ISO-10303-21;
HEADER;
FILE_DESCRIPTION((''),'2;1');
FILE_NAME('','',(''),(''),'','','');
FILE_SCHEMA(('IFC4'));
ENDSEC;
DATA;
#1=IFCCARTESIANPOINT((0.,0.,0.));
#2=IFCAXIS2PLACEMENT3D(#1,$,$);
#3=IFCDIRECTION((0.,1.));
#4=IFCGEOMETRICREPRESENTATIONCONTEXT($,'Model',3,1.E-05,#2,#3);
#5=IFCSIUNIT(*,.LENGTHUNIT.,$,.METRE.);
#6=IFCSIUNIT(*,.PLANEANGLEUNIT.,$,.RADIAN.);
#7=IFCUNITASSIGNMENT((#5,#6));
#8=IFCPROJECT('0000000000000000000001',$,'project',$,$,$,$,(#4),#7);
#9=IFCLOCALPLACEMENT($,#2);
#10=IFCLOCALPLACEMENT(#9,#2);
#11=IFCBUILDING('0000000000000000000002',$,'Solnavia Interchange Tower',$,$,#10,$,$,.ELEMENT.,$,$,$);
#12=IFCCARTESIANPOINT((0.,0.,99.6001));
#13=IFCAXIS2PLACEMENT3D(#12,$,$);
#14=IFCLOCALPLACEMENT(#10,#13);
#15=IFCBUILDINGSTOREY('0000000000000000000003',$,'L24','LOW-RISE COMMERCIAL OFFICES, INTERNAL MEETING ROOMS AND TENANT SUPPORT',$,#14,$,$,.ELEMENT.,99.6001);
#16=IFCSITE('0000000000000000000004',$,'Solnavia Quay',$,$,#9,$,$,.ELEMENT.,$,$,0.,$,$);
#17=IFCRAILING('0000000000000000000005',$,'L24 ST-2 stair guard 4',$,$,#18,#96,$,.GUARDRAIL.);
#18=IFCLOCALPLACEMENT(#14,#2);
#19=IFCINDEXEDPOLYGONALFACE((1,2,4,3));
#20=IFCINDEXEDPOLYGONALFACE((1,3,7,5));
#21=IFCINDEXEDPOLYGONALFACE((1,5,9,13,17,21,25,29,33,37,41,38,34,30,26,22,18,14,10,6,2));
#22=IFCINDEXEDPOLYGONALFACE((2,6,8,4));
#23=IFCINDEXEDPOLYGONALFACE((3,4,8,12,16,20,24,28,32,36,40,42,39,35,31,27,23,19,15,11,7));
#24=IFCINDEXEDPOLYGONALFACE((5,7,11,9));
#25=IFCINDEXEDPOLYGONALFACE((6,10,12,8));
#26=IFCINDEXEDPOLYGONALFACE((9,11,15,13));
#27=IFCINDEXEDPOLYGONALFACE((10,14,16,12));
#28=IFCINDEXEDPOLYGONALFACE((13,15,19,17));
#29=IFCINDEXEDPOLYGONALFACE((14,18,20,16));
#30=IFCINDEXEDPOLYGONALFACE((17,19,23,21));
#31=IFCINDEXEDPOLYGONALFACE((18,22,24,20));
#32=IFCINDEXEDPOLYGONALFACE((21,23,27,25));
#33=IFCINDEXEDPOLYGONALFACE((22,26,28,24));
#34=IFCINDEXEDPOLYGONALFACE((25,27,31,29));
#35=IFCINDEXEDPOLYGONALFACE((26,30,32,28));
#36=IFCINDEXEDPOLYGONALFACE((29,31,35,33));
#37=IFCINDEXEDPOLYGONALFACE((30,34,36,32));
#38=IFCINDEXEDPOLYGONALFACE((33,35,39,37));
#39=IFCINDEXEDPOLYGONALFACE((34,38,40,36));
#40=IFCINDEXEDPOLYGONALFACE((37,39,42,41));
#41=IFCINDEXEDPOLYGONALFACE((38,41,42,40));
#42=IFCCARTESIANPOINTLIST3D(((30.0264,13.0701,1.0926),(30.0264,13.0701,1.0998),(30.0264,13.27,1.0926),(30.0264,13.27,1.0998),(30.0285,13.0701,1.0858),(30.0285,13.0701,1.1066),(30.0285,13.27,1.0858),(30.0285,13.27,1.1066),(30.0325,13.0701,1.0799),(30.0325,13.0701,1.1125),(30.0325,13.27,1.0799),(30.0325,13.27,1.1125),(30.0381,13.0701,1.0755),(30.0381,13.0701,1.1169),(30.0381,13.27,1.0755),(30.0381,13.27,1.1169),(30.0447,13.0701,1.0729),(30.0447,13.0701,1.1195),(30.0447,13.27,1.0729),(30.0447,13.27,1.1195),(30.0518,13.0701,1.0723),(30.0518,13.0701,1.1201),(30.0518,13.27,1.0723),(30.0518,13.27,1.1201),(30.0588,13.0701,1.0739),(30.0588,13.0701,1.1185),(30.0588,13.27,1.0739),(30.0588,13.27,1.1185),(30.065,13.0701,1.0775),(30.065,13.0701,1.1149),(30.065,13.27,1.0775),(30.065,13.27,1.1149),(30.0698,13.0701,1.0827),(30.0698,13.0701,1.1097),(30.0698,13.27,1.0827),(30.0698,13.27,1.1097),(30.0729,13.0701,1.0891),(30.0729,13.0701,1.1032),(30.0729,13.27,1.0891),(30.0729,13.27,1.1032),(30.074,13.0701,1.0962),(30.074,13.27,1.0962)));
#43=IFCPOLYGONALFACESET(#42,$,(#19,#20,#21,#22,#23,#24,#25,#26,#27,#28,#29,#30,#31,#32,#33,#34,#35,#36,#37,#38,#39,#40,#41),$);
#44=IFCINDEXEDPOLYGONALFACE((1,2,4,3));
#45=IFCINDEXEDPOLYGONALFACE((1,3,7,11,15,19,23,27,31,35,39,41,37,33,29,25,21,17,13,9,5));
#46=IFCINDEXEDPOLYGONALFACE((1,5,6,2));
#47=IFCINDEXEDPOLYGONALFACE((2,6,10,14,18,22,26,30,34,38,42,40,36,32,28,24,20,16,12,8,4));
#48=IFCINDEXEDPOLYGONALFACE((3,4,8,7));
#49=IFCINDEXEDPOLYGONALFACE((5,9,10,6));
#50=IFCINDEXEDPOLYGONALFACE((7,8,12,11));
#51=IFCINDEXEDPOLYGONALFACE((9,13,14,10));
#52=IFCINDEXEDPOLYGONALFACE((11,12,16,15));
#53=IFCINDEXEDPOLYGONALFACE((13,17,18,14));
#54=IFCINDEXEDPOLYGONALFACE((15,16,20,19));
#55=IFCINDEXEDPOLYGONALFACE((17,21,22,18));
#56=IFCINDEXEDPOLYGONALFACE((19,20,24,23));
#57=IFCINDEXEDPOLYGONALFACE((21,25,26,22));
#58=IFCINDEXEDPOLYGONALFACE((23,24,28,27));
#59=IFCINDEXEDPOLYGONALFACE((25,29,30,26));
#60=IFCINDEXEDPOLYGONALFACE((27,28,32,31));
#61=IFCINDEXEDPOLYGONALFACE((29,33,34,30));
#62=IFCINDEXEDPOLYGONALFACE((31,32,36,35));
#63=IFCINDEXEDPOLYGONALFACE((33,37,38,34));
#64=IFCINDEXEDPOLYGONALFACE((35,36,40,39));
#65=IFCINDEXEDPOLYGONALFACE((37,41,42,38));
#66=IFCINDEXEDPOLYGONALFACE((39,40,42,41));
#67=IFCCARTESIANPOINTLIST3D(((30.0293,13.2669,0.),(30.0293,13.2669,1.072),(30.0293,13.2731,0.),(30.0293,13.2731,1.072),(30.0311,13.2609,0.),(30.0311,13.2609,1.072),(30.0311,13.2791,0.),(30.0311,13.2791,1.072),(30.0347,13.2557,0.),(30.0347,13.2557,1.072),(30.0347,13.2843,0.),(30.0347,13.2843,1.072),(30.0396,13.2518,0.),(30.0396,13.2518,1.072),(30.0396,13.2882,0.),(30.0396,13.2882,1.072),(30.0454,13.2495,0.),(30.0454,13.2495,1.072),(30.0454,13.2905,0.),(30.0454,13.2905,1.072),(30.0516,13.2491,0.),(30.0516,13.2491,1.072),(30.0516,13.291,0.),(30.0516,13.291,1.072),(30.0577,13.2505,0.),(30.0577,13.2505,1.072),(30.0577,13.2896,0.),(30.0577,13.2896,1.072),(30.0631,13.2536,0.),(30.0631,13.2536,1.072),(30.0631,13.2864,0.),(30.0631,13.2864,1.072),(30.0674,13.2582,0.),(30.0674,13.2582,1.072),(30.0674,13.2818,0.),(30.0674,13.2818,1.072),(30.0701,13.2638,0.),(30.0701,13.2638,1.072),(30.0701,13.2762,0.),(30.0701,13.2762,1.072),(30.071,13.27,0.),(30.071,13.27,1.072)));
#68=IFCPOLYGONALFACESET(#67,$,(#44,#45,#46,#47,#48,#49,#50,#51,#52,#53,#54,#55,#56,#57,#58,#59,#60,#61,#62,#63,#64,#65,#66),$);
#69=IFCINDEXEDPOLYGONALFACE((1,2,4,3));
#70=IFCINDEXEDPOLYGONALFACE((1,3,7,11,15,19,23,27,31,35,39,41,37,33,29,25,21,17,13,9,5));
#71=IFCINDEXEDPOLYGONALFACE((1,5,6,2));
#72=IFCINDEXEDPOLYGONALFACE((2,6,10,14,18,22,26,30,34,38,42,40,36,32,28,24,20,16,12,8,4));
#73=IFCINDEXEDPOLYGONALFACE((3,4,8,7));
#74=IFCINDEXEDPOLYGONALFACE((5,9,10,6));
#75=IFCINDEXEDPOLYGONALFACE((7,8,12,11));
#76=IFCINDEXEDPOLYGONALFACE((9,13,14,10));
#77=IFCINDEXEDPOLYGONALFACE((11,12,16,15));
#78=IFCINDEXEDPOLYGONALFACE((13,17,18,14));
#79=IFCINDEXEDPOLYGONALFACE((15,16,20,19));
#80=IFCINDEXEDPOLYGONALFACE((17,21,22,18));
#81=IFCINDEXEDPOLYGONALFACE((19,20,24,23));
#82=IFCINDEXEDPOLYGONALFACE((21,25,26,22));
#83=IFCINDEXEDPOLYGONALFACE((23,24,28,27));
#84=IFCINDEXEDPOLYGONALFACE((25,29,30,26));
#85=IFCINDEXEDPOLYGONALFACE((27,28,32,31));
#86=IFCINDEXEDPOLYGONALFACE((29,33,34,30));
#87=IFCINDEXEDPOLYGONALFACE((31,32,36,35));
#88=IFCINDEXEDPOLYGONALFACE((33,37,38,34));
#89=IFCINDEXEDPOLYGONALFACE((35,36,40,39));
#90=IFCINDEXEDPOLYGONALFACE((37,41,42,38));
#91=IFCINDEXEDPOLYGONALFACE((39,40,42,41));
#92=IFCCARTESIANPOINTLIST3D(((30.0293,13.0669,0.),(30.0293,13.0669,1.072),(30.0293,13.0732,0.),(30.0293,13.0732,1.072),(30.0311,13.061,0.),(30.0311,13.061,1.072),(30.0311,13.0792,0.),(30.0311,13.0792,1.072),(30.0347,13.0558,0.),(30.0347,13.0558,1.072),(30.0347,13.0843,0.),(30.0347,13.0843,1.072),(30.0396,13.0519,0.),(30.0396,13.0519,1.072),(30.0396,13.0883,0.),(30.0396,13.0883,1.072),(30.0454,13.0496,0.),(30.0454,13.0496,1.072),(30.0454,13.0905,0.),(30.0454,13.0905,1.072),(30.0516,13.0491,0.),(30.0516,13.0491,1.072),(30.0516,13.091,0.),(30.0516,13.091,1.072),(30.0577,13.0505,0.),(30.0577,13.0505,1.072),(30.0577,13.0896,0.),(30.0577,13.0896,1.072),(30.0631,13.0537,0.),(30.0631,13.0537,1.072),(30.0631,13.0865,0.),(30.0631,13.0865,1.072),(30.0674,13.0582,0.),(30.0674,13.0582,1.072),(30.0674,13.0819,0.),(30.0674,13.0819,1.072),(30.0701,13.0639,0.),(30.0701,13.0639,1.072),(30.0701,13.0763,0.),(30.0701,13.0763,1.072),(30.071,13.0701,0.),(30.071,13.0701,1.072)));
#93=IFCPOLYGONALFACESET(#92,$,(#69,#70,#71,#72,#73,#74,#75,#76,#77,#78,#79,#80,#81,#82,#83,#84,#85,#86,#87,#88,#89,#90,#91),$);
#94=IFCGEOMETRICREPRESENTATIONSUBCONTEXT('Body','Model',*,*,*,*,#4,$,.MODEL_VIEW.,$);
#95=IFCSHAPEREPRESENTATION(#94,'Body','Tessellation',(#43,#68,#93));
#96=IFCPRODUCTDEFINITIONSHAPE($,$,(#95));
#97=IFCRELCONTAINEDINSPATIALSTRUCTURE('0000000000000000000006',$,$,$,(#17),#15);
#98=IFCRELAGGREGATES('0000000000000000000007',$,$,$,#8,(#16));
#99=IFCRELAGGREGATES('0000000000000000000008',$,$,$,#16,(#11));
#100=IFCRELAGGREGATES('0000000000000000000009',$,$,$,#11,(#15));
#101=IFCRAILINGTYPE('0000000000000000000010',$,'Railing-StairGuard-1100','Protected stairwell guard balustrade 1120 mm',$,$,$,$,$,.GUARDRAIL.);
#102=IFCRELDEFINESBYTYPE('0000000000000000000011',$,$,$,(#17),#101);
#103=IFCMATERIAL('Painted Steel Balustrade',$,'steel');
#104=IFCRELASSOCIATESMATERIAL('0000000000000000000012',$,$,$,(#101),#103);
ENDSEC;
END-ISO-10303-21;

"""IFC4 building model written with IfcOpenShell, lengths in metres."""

from ifc_helpers import new_model, si_unit, direction, frame, origin, origin_2d, place, context, subcontext, project, spatial, circle, extrude, material, type_object, element, save


model = new_model("IFC4")

# Units and contexts
model_context = context("Model", 3, precision=1e-05, world=origin(), true_north=direction((0.0, 1.0)))
body_context = subcontext(model_context, "Body", "Model", "MODEL_VIEW")
ifc_project = project(units=[si_unit("LENGTHUNIT", "METRE"), si_unit("PLANEANGLEUNIT", "RADIAN")], contexts=[model_context])

# Site, building, storey
site_placement = place(None, origin())
site = spatial("IfcSite", under=ifc_project, at=site_placement, Name="Solnavia Quay", CompositionType="ELEMENT", RefElevation=0.0)
building_placement = place(site_placement, origin())
building = spatial("IfcBuilding", under=site, at=building_placement, Name="Solnavia Interchange Tower", CompositionType="ELEMENT")
storey_placement = place(building_placement, frame((0.0, 0.0, 99.6001)))
storey = spatial("IfcBuildingStorey", under=building, at=storey_placement, Name="L24", Description="LOW-RISE COMMERCIAL OFFICES, INTERNAL MEETING ROOMS AND TENANT SUPPORT", CompositionType="ELEMENT", Elevation=99.6001)

# Railing
ifc_material_1 = material(Name="Painted Steel Balustrade", Category="steel")
railing_type_1 = type_object("IfcRailingType", Name="Railing-StairGuard-1100", Description="Protected stairwell guard balustrade 1120 mm", PredefinedType="GUARDRAIL", material=ifc_material_1)
railing_1_placement = place(storey_placement, frame((30.05, 13.27, 0.0)))
element("IfcRailing", 1, at=railing_1_placement, inside=storey, type_object=railing_type_1, Name="L24 ST-2 stair guard 4", PredefinedType="GUARDRAIL", context=body_context, shape_type="SweptSolid", body=[
    extrude(circle(Radius=0.0239, at=origin_2d()), frame((0.0, 0.0, 1.0962), z_axis=(0.0, -1.0, 0.0), x_axis=(1.0, 0.0, 0.0)), (0.0, 0.0, 1.0), 0.2),
    extrude(circle(Radius=0.021, at=origin_2d()), origin(), (0.0, 0.0, 1.0), 1.072),
    extrude(circle(Radius=0.021, at=origin_2d()), frame((0.0, -0.2, 0.0)), (0.0, 0.0, 1.0), 1.072),
])

save(model, "model.ifc")
